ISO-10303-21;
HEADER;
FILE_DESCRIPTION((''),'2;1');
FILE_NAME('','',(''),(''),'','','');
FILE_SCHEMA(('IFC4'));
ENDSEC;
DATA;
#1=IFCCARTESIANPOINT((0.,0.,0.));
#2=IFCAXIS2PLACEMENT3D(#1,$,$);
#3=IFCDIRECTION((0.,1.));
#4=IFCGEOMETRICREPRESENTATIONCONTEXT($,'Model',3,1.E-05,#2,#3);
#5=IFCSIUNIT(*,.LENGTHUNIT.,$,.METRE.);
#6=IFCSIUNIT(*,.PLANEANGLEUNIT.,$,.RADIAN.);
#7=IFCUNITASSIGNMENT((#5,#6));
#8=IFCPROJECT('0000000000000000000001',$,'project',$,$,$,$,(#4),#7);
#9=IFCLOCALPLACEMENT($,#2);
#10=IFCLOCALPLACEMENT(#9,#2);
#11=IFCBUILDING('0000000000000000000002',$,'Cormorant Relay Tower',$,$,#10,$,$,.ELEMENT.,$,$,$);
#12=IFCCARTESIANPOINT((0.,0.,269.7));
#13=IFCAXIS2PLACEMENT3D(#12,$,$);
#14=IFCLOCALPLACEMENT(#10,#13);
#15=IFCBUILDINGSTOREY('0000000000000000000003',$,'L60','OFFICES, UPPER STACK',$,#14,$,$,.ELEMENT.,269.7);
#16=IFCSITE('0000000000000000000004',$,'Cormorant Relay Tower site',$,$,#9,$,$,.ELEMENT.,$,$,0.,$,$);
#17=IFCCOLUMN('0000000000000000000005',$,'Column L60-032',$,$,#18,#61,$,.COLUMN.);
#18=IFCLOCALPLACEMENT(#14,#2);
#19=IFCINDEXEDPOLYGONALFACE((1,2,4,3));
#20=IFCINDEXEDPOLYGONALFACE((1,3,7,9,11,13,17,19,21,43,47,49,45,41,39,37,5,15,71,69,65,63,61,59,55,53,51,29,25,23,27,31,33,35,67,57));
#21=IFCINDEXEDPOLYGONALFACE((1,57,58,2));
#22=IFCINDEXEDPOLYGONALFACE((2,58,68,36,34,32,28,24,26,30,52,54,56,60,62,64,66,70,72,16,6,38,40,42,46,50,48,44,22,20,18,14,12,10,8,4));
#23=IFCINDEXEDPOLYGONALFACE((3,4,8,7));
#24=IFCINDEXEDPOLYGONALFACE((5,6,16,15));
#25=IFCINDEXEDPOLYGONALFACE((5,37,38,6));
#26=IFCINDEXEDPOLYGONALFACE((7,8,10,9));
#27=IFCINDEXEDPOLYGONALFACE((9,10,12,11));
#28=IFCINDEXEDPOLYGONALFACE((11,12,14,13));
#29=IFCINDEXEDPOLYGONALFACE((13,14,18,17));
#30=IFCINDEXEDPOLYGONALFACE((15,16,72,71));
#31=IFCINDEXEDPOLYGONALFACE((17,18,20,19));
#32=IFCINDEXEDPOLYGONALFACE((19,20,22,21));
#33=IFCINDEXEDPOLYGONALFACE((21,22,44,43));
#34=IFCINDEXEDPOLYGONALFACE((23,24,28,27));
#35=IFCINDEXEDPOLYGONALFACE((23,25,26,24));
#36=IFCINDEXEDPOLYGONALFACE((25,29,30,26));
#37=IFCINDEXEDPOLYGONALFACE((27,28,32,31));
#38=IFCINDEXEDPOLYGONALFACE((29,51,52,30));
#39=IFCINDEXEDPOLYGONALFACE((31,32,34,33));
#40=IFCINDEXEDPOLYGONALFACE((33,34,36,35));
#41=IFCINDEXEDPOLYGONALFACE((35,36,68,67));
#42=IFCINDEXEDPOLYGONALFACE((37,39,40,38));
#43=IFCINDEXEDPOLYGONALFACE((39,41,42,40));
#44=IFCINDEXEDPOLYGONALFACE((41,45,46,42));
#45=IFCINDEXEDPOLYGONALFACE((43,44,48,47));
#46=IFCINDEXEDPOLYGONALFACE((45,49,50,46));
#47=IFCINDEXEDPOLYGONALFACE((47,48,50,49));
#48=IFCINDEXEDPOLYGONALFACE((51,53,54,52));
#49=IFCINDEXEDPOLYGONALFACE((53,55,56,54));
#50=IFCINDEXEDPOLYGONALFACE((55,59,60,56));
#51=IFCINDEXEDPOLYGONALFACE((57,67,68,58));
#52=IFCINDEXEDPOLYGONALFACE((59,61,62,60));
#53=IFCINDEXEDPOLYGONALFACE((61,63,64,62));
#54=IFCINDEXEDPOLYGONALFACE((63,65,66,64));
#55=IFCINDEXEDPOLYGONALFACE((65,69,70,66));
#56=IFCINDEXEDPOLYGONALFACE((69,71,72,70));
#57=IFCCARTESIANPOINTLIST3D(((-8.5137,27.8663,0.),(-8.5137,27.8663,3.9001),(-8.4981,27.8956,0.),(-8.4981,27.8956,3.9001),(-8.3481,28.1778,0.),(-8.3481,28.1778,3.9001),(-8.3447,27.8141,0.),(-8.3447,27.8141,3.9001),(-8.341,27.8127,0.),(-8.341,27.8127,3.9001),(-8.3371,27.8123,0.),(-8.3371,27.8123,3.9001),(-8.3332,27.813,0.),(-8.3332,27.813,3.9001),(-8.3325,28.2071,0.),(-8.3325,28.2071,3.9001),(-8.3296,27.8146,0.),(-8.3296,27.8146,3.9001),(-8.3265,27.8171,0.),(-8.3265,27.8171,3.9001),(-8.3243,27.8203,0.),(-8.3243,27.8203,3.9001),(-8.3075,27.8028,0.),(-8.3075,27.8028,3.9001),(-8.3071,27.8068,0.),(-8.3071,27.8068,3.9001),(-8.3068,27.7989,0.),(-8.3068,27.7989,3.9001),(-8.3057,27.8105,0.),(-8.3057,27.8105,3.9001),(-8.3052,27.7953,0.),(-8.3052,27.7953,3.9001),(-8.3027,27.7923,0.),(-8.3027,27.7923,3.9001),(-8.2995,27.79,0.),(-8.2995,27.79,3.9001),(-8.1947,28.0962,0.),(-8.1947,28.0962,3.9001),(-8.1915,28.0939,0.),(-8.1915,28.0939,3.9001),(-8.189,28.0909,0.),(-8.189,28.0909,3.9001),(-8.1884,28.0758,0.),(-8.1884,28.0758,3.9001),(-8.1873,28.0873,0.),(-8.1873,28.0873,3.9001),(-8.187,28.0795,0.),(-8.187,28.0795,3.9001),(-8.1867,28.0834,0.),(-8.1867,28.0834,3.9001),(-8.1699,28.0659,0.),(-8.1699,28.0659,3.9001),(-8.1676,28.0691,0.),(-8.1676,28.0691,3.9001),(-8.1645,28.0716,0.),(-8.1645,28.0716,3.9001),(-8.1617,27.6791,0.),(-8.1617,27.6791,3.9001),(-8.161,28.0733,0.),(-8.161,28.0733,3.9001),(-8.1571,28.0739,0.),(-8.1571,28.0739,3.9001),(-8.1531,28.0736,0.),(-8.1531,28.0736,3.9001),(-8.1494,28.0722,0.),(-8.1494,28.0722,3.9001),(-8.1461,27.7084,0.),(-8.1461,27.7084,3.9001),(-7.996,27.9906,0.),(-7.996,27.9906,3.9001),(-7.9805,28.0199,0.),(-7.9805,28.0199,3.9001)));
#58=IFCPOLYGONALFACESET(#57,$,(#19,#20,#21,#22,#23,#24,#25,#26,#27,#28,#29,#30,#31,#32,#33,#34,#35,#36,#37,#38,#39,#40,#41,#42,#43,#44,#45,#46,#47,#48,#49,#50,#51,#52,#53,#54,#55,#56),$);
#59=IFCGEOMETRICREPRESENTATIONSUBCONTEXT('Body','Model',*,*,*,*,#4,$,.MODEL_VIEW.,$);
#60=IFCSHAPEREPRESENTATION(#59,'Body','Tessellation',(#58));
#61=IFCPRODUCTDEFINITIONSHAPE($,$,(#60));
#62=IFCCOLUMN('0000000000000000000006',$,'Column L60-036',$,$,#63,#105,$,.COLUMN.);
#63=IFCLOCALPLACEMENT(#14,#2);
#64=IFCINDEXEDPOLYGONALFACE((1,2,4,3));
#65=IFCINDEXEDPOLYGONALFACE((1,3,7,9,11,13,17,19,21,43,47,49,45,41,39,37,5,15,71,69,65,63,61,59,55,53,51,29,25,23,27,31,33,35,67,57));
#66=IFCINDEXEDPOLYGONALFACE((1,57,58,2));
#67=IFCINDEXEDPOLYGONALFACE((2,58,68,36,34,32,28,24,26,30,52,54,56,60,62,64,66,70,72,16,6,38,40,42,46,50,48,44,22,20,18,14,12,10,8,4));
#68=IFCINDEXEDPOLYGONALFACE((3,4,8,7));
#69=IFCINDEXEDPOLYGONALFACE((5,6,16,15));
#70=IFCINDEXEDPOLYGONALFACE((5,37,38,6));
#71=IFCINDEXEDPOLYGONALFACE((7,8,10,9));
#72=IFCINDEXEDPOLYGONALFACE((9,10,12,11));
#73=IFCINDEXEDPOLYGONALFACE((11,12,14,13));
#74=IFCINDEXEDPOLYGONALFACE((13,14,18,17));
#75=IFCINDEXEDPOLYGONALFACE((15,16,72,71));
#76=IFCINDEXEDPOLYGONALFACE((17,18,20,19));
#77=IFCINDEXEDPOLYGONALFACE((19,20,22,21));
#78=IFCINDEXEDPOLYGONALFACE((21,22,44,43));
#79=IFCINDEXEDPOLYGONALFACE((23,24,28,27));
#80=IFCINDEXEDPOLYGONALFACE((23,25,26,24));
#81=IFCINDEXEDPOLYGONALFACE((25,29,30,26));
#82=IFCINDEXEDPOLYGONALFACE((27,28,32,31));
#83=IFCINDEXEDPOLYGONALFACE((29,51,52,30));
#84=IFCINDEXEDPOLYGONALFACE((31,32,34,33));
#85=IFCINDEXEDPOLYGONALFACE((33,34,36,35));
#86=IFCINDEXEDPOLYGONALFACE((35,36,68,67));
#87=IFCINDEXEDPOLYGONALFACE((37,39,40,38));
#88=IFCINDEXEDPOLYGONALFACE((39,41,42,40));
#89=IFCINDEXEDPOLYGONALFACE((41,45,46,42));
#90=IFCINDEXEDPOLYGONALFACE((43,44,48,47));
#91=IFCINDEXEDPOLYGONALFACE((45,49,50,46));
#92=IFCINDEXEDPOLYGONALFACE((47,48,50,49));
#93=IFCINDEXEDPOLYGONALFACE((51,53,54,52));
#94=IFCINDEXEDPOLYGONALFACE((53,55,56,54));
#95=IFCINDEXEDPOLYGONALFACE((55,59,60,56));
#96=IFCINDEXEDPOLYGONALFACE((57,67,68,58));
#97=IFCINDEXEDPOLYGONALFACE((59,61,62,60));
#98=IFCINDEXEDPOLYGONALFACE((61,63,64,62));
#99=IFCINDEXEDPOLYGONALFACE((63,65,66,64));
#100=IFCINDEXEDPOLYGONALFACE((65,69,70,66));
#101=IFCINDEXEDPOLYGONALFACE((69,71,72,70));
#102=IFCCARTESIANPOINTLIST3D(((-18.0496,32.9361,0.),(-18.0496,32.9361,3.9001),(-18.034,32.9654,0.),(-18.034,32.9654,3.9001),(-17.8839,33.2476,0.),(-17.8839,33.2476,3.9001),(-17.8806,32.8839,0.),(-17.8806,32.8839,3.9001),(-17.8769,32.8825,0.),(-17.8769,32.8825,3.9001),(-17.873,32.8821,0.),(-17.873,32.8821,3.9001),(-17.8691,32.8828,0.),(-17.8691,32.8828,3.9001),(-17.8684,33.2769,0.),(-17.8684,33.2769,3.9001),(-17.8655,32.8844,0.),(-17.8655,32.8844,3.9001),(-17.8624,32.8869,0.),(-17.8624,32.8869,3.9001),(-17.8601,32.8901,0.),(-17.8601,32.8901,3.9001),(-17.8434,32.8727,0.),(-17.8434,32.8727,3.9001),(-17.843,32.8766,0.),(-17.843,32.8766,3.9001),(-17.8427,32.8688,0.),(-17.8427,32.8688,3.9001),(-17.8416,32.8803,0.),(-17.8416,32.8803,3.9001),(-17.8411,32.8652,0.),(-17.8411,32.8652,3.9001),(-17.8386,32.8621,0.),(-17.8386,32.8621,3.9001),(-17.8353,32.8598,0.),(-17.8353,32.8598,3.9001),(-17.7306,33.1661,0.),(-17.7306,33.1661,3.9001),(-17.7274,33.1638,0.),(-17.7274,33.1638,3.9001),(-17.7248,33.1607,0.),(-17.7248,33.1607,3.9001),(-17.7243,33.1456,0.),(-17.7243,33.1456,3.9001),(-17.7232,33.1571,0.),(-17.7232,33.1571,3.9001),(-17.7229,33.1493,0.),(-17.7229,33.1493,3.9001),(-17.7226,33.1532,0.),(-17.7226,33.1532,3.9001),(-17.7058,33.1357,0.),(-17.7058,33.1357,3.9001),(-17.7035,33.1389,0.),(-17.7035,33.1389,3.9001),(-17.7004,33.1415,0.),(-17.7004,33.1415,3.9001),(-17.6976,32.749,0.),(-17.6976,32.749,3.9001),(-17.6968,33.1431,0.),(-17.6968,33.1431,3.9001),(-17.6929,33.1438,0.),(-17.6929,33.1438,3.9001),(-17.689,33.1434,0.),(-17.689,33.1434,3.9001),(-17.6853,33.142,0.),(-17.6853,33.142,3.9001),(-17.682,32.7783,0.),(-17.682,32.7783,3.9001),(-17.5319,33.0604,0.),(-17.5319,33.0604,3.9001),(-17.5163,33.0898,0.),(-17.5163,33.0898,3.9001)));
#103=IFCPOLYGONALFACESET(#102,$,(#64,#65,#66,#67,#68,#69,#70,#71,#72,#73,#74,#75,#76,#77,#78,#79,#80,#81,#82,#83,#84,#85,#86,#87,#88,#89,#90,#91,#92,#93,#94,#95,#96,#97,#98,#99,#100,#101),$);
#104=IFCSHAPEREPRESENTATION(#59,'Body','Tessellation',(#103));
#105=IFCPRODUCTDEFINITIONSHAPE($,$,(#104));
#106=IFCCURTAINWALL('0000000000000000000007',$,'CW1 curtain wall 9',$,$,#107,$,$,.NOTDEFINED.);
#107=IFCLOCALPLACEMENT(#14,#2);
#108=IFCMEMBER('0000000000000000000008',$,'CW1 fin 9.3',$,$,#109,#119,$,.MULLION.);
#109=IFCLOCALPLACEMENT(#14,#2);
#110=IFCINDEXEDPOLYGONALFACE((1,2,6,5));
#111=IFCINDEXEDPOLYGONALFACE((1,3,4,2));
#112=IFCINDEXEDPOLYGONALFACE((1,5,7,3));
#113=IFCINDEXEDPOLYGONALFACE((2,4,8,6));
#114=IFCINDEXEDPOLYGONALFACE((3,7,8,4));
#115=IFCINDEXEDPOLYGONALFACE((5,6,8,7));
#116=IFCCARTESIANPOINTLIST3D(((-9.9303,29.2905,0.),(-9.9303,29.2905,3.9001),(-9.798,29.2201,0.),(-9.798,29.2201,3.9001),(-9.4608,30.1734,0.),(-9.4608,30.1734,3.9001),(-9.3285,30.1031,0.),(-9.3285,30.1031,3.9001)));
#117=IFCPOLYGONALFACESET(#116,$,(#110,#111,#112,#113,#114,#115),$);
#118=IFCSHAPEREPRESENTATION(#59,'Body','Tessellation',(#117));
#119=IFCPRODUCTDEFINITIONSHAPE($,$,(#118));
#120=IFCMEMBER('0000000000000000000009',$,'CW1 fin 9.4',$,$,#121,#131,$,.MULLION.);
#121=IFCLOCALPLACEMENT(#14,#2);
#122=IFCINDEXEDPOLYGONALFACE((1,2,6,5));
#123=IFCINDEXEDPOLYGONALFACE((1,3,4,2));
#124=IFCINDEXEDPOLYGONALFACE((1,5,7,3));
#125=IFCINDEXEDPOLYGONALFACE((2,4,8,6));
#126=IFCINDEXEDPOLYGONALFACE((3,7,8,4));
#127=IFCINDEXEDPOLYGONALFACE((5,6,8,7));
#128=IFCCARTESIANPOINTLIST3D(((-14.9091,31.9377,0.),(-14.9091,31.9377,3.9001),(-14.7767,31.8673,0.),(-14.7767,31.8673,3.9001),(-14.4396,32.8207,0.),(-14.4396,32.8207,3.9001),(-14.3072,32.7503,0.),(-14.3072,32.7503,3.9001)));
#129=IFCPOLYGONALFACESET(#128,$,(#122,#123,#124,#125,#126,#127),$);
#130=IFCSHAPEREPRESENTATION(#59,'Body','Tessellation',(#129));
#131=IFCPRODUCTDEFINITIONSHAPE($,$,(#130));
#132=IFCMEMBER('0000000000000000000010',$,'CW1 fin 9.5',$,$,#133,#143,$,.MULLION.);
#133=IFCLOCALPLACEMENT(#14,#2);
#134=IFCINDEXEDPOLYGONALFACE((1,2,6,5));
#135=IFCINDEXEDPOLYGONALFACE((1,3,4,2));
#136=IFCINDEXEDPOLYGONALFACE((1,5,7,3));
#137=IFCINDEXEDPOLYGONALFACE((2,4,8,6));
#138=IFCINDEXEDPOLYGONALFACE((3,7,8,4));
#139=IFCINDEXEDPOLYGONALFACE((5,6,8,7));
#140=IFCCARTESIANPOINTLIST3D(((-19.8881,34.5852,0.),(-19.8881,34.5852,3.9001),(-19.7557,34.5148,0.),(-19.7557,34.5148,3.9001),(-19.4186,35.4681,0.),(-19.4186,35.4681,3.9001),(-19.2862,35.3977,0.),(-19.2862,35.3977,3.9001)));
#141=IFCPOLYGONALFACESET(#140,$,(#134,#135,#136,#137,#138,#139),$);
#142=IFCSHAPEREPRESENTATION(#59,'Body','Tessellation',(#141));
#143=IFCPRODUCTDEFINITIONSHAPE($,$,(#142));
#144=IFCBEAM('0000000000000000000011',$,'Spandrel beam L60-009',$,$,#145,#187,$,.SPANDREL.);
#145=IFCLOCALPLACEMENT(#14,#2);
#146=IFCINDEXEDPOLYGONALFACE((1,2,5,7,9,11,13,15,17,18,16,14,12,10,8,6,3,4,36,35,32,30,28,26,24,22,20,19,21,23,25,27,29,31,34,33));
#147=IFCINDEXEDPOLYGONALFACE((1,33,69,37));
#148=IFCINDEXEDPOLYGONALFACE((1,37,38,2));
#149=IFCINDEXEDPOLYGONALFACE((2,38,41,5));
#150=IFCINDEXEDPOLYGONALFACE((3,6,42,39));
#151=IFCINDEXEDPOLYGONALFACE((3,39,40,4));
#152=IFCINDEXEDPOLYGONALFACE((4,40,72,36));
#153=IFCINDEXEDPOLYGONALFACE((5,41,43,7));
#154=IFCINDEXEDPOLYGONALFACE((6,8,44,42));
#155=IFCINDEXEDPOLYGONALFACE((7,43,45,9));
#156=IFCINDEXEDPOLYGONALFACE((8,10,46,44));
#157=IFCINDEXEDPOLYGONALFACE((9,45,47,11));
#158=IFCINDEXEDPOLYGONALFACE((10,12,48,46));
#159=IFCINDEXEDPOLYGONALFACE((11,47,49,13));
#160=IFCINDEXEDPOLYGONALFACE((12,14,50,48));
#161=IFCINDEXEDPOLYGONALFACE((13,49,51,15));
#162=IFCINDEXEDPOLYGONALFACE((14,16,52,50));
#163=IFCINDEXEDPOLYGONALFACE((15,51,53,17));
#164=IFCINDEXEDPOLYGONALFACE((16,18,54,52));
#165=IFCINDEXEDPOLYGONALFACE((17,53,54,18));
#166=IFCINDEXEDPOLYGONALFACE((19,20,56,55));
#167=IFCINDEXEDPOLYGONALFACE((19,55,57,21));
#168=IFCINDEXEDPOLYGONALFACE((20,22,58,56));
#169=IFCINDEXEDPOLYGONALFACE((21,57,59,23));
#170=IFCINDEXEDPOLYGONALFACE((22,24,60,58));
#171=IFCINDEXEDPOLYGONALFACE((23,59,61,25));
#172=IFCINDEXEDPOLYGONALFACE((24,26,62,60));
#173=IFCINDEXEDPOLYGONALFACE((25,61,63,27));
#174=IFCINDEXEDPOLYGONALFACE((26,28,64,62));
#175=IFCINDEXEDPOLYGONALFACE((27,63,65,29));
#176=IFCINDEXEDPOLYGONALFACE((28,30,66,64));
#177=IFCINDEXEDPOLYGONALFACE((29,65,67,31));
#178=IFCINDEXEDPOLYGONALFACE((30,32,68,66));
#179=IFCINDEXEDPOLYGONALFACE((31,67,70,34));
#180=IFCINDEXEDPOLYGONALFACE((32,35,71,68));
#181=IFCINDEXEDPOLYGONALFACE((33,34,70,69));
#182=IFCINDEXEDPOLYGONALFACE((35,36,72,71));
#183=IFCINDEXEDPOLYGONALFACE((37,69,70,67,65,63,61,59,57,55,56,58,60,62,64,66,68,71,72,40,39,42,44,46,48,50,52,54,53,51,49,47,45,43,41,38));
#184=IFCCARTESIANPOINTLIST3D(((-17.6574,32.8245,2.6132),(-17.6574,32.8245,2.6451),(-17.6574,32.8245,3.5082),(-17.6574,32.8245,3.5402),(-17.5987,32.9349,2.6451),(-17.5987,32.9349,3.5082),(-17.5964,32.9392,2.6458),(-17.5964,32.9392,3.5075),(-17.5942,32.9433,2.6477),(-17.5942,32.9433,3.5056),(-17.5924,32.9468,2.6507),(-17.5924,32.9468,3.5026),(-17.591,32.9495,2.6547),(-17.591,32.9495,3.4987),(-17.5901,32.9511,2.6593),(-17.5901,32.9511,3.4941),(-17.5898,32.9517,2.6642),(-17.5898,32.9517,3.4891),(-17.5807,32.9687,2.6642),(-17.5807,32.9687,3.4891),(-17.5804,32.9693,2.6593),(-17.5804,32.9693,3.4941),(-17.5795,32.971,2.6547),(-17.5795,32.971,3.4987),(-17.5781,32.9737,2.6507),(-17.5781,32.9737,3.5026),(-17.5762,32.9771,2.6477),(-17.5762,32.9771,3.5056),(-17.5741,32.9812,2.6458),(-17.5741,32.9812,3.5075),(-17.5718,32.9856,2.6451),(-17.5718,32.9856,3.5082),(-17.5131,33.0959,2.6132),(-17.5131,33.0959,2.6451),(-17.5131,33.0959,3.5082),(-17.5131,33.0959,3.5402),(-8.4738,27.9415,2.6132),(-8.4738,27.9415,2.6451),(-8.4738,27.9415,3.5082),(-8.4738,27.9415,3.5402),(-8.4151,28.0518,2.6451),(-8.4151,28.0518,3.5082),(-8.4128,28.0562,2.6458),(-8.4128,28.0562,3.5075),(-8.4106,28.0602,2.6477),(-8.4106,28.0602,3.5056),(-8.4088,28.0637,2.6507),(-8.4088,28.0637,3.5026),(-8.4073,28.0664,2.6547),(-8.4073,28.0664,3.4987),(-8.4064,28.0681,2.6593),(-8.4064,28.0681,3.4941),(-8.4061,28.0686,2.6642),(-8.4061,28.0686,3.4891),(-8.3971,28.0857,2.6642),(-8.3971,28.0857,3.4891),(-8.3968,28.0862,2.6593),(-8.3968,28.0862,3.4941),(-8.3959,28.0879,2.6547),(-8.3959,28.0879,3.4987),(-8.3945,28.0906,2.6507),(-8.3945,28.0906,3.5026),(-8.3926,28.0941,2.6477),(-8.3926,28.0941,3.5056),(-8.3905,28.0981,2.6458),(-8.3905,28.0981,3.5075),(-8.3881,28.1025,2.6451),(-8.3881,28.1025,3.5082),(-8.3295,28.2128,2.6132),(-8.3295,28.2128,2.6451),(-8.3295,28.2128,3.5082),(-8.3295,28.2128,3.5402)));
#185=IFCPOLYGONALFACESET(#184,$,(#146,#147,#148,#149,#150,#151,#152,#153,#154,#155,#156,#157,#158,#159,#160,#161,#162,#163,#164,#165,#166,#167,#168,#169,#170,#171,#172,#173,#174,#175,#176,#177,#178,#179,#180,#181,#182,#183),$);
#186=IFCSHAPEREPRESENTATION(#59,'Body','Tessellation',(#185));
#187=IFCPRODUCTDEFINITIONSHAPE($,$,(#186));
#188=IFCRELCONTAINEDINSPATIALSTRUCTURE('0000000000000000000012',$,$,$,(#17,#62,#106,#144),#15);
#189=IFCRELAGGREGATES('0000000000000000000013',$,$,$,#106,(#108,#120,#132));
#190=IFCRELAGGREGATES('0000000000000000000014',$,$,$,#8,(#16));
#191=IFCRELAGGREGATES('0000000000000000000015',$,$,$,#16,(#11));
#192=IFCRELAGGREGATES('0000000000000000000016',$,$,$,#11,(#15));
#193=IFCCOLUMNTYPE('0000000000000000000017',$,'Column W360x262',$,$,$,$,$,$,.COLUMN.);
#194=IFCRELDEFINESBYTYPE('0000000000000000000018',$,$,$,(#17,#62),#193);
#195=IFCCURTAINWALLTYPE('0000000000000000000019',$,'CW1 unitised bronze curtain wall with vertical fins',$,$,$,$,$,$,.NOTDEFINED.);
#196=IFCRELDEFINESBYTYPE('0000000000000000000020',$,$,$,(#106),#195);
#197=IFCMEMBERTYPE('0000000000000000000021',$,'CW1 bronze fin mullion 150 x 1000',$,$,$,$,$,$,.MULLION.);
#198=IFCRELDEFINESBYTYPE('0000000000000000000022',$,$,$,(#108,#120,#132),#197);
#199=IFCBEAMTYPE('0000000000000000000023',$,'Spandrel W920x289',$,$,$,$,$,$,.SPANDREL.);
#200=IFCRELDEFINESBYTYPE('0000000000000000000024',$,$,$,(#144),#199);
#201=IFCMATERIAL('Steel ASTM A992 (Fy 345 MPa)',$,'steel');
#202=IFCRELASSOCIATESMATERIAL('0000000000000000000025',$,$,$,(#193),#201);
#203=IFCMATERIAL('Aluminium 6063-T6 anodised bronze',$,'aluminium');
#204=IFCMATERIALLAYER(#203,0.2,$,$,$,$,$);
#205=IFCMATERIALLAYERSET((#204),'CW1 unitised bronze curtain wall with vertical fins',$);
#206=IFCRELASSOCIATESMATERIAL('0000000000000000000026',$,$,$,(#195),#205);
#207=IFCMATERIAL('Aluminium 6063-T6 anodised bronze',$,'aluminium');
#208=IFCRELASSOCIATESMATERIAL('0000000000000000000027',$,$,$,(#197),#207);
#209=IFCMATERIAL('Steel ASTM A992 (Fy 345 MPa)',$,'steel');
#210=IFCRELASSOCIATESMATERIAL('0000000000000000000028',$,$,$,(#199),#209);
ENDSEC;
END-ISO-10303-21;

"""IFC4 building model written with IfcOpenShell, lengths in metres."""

from ifc_helpers import new_model, si_unit, direction, frame, origin, origin_2d, place, context, subcontext, project, spatial, rectangle, i_section, extrude, material, layer, layer_set, material_profile, profile_set, type_object, element, aggregate, save


model = new_model("IFC4")

# Units and contexts
model_context = context("Model", 3, precision=1e-05, world=origin(), true_north=direction((0.0, 1.0)))
body_context = subcontext(model_context, "Body", "Model", "MODEL_VIEW")
ifc_project = project(units=[si_unit("LENGTHUNIT", "METRE"), si_unit("PLANEANGLEUNIT", "RADIAN")], contexts=[model_context])

# Site, building, storey
site_placement = place(None, origin())
site = spatial("IfcSite", under=ifc_project, at=site_placement, Name="Cormorant Relay Tower site", CompositionType="ELEMENT", RefElevation=0.0)
building_placement = place(site_placement, origin())
building = spatial("IfcBuilding", under=site, at=building_placement, Name="Cormorant Relay Tower", CompositionType="ELEMENT")
storey_placement = place(building_placement, frame((0.0, 0.0, 269.7)))
storey = spatial("IfcBuildingStorey", under=building, at=storey_placement, Name="L60", Description="OFFICES, UPPER STACK", CompositionType="ELEMENT", Elevation=269.7)

# Columns
ifc_material_1 = material(Name="Steel ASTM A992 (Fy 345 MPa)", Category="steel")
ifc_material_profile_1 = material_profile(ifc_material_1, i_section(OverallWidth=0.3987, OverallDepth=0.386, WebThickness=0.021, FlangeThickness=0.0332, FilletRadius=0.0151, at=origin_2d()), Name="W360x262")
ifc_profile_set_1 = profile_set([ifc_material_profile_1], Name="Steel ASTM A992 (Fy 345 MPa)")
column_type = type_object("IfcColumnType", Name="Column W360x262", PredefinedType="COLUMN", material=ifc_profile_set_1)
for number, where, z_axis, x_axis, name in (
    (1, (-8.2471, 27.9431, 0.0), (0.0, 0.0, 1.0), (-0.882948, 0.469472, 0.0), "Column L60-032"),
    (2, (-17.783, 33.0129, 0.0), (0.0, 0.0, 1.0), (-0.882948, 0.469472, 0.0), "Column L60-036"),
):
    element("IfcColumn", number, at=place(storey_placement, frame(where, z_axis=z_axis, x_axis=x_axis)), inside=storey, type_object=column_type, Name=name, PredefinedType="COLUMN", context=body_context, shape_type="SweptSolid", body=[
        extrude(i_section(OverallWidth=0.3987, OverallDepth=0.386, WebThickness=0.021, FlangeThickness=0.0332, FilletRadius=0.0151, at=origin_2d()), origin(), (0.0, 0.0, 1.0), 3.9001),
    ])

# Curtain wall, members
ifc_material_2 = material(Name="Aluminium 6063-T6 anodised bronze", Category="aluminium")
ifc_layer_1 = layer(ifc_material_2, 0.2)
ifc_layer_set_1 = layer_set([ifc_layer_1], Name="CW1 unitised bronze curtain wall with vertical fins")
curtain_wall_type = type_object("IfcCurtainWallType", Name="CW1 unitised bronze curtain wall with vertical fins", PredefinedType="NOTDEFINED", material=ifc_layer_set_1)
curtain_wall_placement = place(storey_placement, origin())
curtain_wall = element("IfcCurtainWall", 3, at=curtain_wall_placement, inside=storey, type_object=curtain_wall_type, Name="CW1 curtain wall 9", PredefinedType="NOTDEFINED")
ifc_material_3 = material(Name="Aluminium 6063-T6 anodised bronze", Category="aluminium")
ifc_material_profile_2 = material_profile(ifc_material_3, rectangle(XDim=0.1499, YDim=1.0, at=origin_2d()), Name="AL 150x1000")
ifc_profile_set_2 = profile_set([ifc_material_profile_2], Name="Aluminium 6063-T6 anodised bronze")
member_type = type_object("IfcMemberType", Name="CW1 bronze fin mullion 150 x 1000", PredefinedType="MULLION", material=ifc_profile_set_2)
member_1_placement = place(storey_placement, frame((-9.6294, 29.6968, 0.0), z_axis=(0.0, 0.0, 1.0), x_axis=(-0.882948, 0.469472, 0.0)))
member_1 = element("IfcMember", 4, at=member_1_placement, type_object=member_type, Name="CW1 fin 9.3", PredefinedType="MULLION", context=body_context, shape_type="SweptSolid", body=[
    extrude(rectangle(XDim=0.1499, YDim=1.0, at=origin_2d()), origin(), (0.0, 0.0, 1.0), 3.9001),
])
member_2_placement = place(storey_placement, frame((-14.6082, 32.344, 0.0), z_axis=(0.0, 0.0, 1.0), x_axis=(-0.882948, 0.469472, 0.0)))
member_2 = element("IfcMember", 5, at=member_2_placement, type_object=member_type, Name="CW1 fin 9.4", PredefinedType="MULLION", context=body_context, shape_type="SweptSolid", body=[
    extrude(rectangle(XDim=0.1499, YDim=1.0, at=origin_2d()), origin(), (0.0, 0.0, 1.0), 3.9001),
])
member_3_placement = place(storey_placement, frame((-19.5872, 34.9915, 0.0), z_axis=(0.0, 0.0, 1.0), x_axis=(-0.882948, 0.469472, 0.0)))
member_3 = element("IfcMember", 6, at=member_3_placement, type_object=member_type, Name="CW1 fin 9.5", PredefinedType="MULLION", context=body_context, shape_type="SweptSolid", body=[
    extrude(rectangle(XDim=0.1499, YDim=1.0, at=origin_2d()), origin(), (0.0, 0.0, 1.0), 3.9001),
])

# Beam
ifc_material_4 = material(Name="Steel ASTM A992 (Fy 345 MPa)", Category="steel")
ifc_material_profile_3 = material_profile(ifc_material_4, i_section(OverallWidth=0.3074, OverallDepth=0.927, WebThickness=0.0193, FlangeThickness=0.032, FilletRadius=0.019, at=origin_2d()), Name="W920x289")
ifc_profile_set_3 = profile_set([ifc_material_profile_3], Name="Steel ASTM A992 (Fy 345 MPa)")
beam_type_1 = type_object("IfcBeamType", Name="Spandrel W920x289", PredefinedType="SPANDREL", material=ifc_profile_set_3)
beam_1_placement = place(storey_placement, frame((-8.4016, 28.0771, 3.0767), z_axis=(-0.882945, 0.469476, 0.0), x_axis=(-0.469476, -0.882945, 0.0)))
element("IfcBeam", 7, at=beam_1_placement, inside=storey, type_object=beam_type_1, Name="Spandrel beam L60-009", PredefinedType="SPANDREL", context=body_context, shape_type="SweptSolid", body=[
    extrude(i_section(OverallWidth=0.3074, OverallDepth=0.927, WebThickness=0.0193, FlangeThickness=0.032, FilletRadius=0.019, at=origin_2d()), origin(), (0.0, 0.0, 1.0), 10.4011),
])

aggregate(curtain_wall, [member_1, member_2, member_3])

save(model, "model.ifc")
